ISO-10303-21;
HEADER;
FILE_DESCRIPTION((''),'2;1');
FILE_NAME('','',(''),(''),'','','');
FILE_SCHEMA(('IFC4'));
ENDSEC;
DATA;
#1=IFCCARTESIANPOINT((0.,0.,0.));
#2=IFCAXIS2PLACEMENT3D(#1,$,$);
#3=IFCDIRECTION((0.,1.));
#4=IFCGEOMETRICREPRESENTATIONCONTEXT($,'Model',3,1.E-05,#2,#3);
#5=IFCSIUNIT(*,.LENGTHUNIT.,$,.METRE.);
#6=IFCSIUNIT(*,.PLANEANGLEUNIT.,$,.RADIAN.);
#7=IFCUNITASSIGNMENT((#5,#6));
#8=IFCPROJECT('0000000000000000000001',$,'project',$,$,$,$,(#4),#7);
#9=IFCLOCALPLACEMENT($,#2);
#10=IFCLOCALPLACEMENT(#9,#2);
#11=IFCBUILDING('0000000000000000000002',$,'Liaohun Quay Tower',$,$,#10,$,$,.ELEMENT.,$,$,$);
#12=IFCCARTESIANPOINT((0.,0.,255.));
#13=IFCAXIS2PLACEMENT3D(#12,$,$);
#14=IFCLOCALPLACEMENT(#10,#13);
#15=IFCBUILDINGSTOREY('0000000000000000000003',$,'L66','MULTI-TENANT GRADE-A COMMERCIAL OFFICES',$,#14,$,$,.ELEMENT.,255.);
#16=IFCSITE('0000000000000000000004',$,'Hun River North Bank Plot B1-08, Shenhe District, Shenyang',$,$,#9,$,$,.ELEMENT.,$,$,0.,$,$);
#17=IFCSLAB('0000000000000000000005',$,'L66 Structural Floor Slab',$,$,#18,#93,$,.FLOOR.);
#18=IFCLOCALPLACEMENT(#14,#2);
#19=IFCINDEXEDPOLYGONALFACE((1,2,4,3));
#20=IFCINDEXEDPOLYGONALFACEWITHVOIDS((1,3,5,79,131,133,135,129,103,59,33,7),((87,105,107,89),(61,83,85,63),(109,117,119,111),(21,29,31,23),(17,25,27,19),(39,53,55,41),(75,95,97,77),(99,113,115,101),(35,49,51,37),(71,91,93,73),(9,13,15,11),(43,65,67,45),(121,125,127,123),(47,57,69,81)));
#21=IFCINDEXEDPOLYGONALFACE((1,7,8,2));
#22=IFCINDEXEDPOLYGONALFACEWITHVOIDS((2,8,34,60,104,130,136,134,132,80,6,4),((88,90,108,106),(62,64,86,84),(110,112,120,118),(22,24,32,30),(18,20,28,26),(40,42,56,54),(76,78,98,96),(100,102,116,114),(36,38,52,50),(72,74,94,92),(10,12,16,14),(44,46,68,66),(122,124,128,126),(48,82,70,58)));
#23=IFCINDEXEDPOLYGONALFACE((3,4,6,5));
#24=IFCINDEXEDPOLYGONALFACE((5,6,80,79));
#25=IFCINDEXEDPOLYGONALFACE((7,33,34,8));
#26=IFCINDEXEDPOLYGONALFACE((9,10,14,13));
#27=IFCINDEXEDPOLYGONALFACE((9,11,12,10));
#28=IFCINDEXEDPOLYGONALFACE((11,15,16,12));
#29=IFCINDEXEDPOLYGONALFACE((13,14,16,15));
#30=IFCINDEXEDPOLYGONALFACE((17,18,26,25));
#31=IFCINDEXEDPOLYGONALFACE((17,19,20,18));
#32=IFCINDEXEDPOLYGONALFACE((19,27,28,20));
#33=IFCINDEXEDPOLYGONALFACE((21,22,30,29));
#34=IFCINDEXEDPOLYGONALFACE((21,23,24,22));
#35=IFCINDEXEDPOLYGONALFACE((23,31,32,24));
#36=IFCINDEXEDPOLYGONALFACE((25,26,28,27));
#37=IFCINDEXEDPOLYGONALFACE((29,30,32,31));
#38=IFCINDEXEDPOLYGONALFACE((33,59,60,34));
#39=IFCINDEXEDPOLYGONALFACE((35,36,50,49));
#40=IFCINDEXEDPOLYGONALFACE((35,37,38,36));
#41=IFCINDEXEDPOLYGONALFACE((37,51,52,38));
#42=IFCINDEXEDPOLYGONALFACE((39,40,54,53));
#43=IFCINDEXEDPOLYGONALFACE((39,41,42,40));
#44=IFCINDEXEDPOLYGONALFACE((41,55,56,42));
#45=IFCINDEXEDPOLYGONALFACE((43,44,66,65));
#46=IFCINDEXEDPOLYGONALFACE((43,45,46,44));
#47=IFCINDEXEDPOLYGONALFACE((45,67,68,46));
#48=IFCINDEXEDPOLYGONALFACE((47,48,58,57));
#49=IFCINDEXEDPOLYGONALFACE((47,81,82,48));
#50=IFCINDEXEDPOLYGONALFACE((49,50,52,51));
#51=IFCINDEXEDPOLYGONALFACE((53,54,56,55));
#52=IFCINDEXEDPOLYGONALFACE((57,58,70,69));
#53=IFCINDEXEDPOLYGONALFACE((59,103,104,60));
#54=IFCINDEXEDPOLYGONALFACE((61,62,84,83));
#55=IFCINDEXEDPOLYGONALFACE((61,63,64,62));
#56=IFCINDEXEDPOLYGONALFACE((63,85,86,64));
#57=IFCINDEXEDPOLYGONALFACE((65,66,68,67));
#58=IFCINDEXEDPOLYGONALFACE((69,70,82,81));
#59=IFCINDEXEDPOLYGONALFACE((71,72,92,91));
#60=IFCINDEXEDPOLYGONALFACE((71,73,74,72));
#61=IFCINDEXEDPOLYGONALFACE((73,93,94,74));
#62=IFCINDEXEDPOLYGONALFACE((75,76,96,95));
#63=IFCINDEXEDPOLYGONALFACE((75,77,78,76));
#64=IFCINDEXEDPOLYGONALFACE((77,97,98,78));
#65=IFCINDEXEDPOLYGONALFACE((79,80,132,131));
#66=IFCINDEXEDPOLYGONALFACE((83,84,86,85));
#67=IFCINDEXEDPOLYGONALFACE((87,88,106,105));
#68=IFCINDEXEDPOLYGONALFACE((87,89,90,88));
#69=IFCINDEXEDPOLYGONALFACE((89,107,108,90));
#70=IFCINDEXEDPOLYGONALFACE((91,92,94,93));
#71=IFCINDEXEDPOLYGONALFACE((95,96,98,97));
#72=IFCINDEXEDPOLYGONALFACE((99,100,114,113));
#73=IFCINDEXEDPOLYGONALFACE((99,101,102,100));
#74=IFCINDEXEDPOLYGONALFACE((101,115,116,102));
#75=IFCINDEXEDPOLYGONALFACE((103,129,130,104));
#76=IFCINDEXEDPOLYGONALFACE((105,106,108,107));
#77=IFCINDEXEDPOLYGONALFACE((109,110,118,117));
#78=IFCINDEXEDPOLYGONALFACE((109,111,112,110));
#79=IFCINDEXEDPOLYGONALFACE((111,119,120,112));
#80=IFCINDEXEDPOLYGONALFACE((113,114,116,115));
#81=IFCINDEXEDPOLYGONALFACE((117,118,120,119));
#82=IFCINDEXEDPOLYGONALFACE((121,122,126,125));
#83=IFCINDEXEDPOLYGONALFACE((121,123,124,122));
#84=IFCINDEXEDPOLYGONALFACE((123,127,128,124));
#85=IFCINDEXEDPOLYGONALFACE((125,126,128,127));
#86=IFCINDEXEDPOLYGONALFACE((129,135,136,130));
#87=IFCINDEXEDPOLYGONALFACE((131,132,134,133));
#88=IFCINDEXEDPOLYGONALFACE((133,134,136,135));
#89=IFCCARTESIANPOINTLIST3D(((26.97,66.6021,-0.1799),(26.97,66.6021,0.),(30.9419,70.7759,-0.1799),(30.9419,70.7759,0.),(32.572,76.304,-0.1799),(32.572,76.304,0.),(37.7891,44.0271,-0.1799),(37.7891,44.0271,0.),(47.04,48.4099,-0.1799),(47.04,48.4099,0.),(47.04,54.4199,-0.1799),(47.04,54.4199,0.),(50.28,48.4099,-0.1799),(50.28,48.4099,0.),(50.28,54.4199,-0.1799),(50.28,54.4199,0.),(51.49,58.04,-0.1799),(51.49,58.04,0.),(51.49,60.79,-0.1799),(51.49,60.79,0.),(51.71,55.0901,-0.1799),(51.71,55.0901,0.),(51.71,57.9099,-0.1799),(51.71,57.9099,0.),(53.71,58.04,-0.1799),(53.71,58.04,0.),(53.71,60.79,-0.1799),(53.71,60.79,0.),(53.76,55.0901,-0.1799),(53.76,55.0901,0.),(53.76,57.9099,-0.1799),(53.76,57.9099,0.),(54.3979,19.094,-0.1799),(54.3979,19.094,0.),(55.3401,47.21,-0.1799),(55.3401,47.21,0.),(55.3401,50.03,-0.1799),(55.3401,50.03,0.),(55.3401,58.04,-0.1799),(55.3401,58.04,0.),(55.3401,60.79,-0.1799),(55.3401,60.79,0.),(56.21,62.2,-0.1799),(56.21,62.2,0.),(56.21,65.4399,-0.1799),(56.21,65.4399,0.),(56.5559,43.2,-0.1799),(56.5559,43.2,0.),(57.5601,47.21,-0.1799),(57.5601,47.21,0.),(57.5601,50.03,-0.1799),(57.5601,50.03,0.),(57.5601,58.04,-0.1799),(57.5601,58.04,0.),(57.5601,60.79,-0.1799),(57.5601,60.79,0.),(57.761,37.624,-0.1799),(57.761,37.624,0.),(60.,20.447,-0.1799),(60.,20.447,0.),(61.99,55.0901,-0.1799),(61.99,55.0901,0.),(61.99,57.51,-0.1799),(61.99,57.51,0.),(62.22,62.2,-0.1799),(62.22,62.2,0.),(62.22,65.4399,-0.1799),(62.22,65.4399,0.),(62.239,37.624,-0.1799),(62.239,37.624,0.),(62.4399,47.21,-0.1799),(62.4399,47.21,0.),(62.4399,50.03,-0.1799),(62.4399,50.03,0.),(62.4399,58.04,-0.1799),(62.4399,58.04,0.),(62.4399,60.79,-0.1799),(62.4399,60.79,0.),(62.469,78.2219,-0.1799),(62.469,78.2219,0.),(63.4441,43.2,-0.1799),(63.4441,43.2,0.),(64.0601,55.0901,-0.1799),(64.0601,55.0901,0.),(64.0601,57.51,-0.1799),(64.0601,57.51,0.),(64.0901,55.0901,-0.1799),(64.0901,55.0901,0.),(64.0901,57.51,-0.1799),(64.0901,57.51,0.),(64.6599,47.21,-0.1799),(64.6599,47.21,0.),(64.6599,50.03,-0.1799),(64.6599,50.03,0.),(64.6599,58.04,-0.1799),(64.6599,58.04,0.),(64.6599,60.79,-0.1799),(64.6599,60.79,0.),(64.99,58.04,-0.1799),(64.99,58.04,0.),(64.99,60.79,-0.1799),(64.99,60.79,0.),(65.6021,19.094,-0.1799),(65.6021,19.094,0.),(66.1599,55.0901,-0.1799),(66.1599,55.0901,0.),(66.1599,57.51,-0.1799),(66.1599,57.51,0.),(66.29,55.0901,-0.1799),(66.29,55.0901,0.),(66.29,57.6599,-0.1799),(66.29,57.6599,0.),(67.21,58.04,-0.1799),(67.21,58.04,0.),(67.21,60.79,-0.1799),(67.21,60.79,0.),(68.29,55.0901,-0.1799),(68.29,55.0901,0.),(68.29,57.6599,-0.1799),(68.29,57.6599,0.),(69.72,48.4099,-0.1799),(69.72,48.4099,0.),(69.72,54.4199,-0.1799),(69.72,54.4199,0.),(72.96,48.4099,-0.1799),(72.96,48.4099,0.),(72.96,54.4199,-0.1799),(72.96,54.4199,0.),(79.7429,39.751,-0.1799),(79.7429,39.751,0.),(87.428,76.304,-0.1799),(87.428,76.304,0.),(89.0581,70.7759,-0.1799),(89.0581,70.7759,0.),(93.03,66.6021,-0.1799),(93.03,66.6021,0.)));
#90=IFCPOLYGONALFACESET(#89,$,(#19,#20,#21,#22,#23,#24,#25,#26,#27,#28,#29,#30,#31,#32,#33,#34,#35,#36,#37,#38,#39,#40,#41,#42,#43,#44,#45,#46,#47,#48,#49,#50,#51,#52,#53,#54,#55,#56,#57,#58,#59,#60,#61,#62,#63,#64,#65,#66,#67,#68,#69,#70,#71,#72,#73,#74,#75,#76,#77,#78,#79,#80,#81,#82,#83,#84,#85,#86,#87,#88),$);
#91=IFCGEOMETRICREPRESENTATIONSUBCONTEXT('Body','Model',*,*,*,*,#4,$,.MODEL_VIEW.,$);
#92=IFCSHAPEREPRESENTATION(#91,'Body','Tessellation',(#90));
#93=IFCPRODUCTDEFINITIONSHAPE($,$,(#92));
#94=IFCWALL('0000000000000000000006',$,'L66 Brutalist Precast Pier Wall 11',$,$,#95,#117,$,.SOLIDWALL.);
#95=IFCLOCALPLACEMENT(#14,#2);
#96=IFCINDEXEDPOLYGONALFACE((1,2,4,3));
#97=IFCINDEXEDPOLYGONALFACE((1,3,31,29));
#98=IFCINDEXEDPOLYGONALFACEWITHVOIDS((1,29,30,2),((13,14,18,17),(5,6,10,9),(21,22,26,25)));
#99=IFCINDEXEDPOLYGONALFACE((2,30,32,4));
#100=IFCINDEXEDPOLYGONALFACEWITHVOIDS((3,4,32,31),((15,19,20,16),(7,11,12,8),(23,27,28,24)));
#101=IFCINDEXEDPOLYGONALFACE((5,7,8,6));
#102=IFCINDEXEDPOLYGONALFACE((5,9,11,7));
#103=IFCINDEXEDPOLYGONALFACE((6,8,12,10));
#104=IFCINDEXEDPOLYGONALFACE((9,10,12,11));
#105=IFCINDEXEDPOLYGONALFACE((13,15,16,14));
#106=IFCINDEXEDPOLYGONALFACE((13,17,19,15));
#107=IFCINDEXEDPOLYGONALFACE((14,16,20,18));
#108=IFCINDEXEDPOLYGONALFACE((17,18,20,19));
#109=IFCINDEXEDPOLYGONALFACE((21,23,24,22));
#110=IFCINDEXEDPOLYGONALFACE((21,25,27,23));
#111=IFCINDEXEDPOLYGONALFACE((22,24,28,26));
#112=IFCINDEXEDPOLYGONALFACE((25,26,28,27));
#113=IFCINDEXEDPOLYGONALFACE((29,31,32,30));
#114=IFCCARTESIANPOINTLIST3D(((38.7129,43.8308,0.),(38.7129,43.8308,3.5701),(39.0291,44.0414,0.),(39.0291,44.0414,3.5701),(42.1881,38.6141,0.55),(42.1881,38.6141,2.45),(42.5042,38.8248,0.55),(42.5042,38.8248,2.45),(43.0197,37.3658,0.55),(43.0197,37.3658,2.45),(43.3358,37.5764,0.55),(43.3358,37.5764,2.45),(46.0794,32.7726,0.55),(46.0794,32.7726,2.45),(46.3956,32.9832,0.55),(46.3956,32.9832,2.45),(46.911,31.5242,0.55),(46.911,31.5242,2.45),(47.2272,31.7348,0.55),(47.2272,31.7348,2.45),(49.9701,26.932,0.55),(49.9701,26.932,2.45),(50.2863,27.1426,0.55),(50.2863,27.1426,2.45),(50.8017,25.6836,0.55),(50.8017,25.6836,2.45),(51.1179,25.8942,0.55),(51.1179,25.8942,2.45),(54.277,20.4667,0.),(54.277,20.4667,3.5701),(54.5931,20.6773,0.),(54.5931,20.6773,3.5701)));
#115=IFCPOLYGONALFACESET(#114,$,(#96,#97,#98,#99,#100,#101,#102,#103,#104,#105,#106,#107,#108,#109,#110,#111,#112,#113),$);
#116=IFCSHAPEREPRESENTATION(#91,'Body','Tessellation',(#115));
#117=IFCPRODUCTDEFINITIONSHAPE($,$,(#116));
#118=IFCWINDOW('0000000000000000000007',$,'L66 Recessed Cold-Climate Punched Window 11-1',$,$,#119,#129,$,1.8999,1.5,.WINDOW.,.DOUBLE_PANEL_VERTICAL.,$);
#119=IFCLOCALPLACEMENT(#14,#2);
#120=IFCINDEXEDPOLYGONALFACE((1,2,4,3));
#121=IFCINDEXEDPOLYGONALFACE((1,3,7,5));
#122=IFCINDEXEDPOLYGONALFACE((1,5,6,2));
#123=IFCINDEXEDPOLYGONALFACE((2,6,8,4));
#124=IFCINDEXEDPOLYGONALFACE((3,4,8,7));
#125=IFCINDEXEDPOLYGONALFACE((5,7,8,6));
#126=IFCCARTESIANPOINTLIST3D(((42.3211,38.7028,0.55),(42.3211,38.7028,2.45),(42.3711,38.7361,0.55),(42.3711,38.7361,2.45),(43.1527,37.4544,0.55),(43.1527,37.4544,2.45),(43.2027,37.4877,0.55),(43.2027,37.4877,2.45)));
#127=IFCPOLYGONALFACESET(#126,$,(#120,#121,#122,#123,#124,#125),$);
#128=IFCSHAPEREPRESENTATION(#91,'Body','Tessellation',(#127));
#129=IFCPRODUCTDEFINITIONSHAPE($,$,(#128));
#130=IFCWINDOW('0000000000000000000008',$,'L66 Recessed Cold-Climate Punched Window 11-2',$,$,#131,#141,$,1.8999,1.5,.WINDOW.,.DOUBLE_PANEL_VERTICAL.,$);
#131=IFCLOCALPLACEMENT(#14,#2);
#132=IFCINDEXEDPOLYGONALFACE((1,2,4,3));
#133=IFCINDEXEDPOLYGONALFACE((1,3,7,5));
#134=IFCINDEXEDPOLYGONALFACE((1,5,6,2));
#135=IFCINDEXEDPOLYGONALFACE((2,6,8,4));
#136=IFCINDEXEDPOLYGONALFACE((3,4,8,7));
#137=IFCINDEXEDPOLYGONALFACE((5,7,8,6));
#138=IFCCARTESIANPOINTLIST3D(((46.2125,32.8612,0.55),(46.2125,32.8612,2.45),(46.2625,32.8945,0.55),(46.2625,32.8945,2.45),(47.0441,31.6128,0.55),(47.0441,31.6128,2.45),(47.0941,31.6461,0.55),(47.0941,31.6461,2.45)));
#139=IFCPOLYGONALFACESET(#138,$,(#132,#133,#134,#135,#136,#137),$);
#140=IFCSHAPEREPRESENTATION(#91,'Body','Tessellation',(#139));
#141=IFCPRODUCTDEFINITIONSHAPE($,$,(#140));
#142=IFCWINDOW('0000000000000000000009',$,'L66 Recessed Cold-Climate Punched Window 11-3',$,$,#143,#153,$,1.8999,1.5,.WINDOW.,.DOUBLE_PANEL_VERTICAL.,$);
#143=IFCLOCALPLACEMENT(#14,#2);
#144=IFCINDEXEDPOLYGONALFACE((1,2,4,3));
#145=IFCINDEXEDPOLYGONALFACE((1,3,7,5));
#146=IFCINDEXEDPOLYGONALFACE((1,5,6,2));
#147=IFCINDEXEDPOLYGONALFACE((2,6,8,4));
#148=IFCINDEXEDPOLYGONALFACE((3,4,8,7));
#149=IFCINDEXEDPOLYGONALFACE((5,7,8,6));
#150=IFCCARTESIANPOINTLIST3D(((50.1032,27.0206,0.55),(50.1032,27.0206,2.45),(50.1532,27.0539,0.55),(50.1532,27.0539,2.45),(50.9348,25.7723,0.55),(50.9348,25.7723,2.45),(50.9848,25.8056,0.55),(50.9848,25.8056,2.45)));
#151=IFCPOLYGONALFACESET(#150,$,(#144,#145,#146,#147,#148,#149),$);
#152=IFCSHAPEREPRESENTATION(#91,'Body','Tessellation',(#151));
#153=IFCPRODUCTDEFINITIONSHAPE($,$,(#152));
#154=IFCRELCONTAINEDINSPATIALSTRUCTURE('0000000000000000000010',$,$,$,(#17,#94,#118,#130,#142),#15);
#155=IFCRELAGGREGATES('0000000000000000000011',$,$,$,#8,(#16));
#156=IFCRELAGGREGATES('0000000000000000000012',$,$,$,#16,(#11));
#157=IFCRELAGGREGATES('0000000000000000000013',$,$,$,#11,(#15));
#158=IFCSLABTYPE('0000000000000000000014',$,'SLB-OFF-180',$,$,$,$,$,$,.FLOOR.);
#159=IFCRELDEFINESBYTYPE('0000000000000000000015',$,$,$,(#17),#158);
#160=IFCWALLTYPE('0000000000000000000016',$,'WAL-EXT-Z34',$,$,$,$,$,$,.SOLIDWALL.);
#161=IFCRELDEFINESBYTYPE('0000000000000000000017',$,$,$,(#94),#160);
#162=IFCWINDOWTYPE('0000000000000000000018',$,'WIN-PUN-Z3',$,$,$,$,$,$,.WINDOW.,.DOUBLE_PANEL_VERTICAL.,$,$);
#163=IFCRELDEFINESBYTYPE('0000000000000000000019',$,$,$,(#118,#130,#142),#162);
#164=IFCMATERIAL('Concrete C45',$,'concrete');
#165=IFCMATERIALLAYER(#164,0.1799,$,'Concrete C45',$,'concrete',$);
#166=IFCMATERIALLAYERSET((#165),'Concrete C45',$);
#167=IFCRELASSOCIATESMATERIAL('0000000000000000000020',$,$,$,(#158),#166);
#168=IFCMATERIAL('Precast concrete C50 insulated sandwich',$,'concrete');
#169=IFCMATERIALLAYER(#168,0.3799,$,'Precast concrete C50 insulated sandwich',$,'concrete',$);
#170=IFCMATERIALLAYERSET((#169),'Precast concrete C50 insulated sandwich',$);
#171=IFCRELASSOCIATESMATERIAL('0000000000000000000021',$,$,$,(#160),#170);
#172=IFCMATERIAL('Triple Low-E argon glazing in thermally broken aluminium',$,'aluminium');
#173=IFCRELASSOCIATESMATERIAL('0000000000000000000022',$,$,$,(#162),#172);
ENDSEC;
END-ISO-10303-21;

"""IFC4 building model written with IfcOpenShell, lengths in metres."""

from ifc_helpers import new_model, si_unit, direction, frame, frame_2d, origin, place, context, subcontext, project, spatial, polyline, rectangle, outline, extrude, source, transform, mapped, material, layer, layer_set, type_object, element, fill, save


model = new_model("IFC4")

# Units and contexts
model_context = context("Model", 3, precision=1e-05, world=origin(), true_north=direction((0.0, 1.0)))
body_context = subcontext(model_context, "Body", "Model", "MODEL_VIEW")
ifc_project = project(units=[si_unit("LENGTHUNIT", "METRE"), si_unit("PLANEANGLEUNIT", "RADIAN")], contexts=[model_context])

# Site, building, storey
site_placement = place(None, origin())
site = spatial("IfcSite", under=ifc_project, at=site_placement, Name="Hun River North Bank Plot B1-08, Shenhe District, Shenyang", CompositionType="ELEMENT", RefElevation=0.0)
building_placement = place(site_placement, origin())
building = spatial("IfcBuilding", under=site, at=building_placement, Name="Liaohun Quay Tower", CompositionType="ELEMENT")
storey_placement = place(building_placement, frame((0.0, 0.0, 255.0)))
storey = spatial("IfcBuildingStorey", under=building, at=storey_placement, Name="L66", Description="MULTI-TENANT GRADE-A COMMERCIAL OFFICES", CompositionType="ELEMENT", Elevation=255.0)

# Shared definitions
ifc_material_1 = material(Name="Concrete C45", Category="concrete")

# Slab
ifc_layer_1 = layer(ifc_material_1, 0.1799, Name="Concrete C45", Category="concrete")
ifc_layer_set_1 = layer_set([ifc_layer_1], Name="Concrete C45")
slab_type_1 = type_object("IfcSlabType", Name="SLB-OFF-180", PredefinedType="FLOOR", material=ifc_layer_set_1)
slab_1_placement = place(storey_placement, frame((0.0, 0.0, -0.1799)))
element("IfcSlab", 1, at=slab_1_placement, inside=storey, type_object=slab_type_1, Name="L66 Structural Floor Slab", PredefinedType="FLOOR", context=body_context, shape_type="SweptSolid", body=[
    extrude(outline(polyline([(54.3979, 19.094), (60.0, 20.447), (65.6021, 19.094), (79.7429, 39.751), (93.03, 66.6021), (89.0581, 70.7759), (87.428, 76.304), (62.469, 78.2219), (32.572, 76.304), (30.9419, 70.7759), (26.97, 66.6021), (37.7891, 44.0271), (54.3979, 19.094)]), holes=[polyline([(63.4441, 43.2), (56.5559, 43.2), (57.761, 37.624), (62.239, 37.624), (63.4441, 43.2)]), polyline([(57.5601, 47.21), (57.5601, 50.03), (55.3401, 50.03), (55.3401, 47.21), (57.5601, 47.21)]), polyline([(50.28, 54.4199), (47.04, 54.4199), (47.04, 48.4099), (50.28, 48.4099), (50.28, 54.4199)]), polyline([(53.76, 55.0901), (53.76, 57.9099), (51.71, 57.9099), (51.71, 55.0901), (53.76, 55.0901)]), polyline([(53.71, 58.04), (53.71, 60.79), (51.49, 60.79), (51.49, 58.04), (53.71, 58.04)]), polyline([(57.5601, 58.04), (57.5601, 60.79), (55.3401, 60.79), (55.3401, 58.04), (57.5601, 58.04)]), polyline([(62.22, 62.2), (62.22, 65.4399), (56.21, 65.4399), (56.21, 62.2), (62.22, 62.2)]), polyline([(64.6599, 50.03), (62.4399, 50.03), (62.4399, 47.21), (64.6599, 47.21), (64.6599, 50.03)]), polyline([(72.96, 54.4199), (69.72, 54.4199), (69.72, 48.4099), (72.96, 48.4099), (72.96, 54.4199)]), polyline([(64.0601, 55.0901), (64.0601, 57.51), (61.99, 57.51), (61.99, 55.0901), (64.0601, 55.0901)]), polyline([(66.1599, 55.0901), (66.1599, 57.51), (64.0901, 57.51), (64.0901, 55.0901), (66.1599, 55.0901)]), polyline([(68.29, 55.0901), (68.29, 57.6599), (66.29, 57.6599), (66.29, 55.0901), (68.29, 55.0901)]), polyline([(64.6599, 58.04), (64.6599, 60.79), (62.4399, 60.79), (62.4399, 58.04), (64.6599, 58.04)]), polyline([(67.21, 58.04), (67.21, 60.79), (64.99, 60.79), (64.99, 58.04), (67.21, 58.04)])]), origin(), (0.0, 0.0, 1.0), 0.1799),
])

# Wall, openings, windows
ifc_material_2 = material(Name="Precast concrete C50 insulated sandwich", Category="concrete")
ifc_layer_2 = layer(ifc_material_2, 0.3799, Name="Precast concrete C50 insulated sandwich", Category="concrete")
ifc_layer_set_2 = layer_set([ifc_layer_2], Name="Precast concrete C50 insulated sandwich")
wall_type_1 = type_object("IfcWallType", Name="WAL-EXT-Z34", PredefinedType="SOLIDWALL", material=ifc_layer_set_2)
wall_1_placement = place(storey_placement, frame((38.8711, 43.936, 0.0), z_axis=(0.0, 0.0, 1.0), x_axis=(0.554403, -0.832248, 0.0)))
wall_1 = element("IfcWall", 2, at=wall_1_placement, inside=storey, type_object=wall_type_1, Name="L66 Brutalist Precast Pier Wall 11", PredefinedType="SOLIDWALL", context=body_context, shape_type="SweptSolid", body=[
    extrude(rectangle(XDim=28.0735, YDim=0.3799, at=frame_2d((14.0366, 0.0))), origin(), (0.0, 0.0, 1.0), 3.5701),
])
shared_shape_1 = source(origin(), body_context, "Body", "SweptSolid", [
    extrude(rectangle(XDim=1.5, YDim=1.8999, at=frame_2d((0.75, 0.95))), frame((0.0, 0.2, 0.0), z_axis=(0.0, -1.0, 0.0), x_axis=(1.0, 0.0, 0.0)), (0.0, 0.0, 1.0), 0.3999),
])
opening_1_placement = place(wall_1_placement, frame((6.2681, 0.0, 0.55)))
opening_1 = element("IfcOpeningElement", 3, at=opening_1_placement, cuts=wall_1, PredefinedType="OPENING", context=body_context, shape_type="MappedRepresentation", body=[
    mapped(shared_shape_1, transform((0.0, 0.0, 0.0), x_axis=(1.0, 0.0, 0.0), y_axis=(0.0, 1.0, 0.0), z_axis=(0.0, 0.0, 1.0), scale=1.0)),
])
opening_2_placement = place(wall_1_placement, frame((13.2871, 0.0, 0.55)))
opening_2 = element("IfcOpeningElement", 4, at=opening_2_placement, cuts=wall_1, PredefinedType="OPENING", context=body_context, shape_type="MappedRepresentation", body=[
    mapped(shared_shape_1, transform((0.0, 0.0, 0.0), x_axis=(1.0, 0.0, 0.0), y_axis=(0.0, 1.0, 0.0), z_axis=(0.0, 0.0, 1.0), scale=1.0)),
])
opening_3_placement = place(wall_1_placement, frame((20.3049, 0.0, 0.55)))
opening_3 = element("IfcOpeningElement", 5, at=opening_3_placement, cuts=wall_1, PredefinedType="OPENING", context=body_context, shape_type="MappedRepresentation", body=[
    mapped(shared_shape_1, transform((0.0, 0.0, 0.0), x_axis=(1.0, 0.0, 0.0), y_axis=(0.0, 1.0, 0.0), z_axis=(0.0, 0.0, 1.0), scale=1.0)),
])
ifc_material_3 = material(Name="Triple Low-E argon glazing in thermally broken aluminium", Category="aluminium")
window_type = type_object("IfcWindowType", Name="WIN-PUN-Z3", PartitioningType="DOUBLE_PANEL_VERTICAL", PredefinedType="WINDOW", material=ifc_material_3)
shared_shape_2 = source(origin(), body_context, "Body", "SweptSolid", [
    extrude(rectangle(XDim=1.5, YDim=1.8999, at=frame_2d((0.75, 0.95))), frame((0.0, 0.03, 0.0), z_axis=(0.0, -1.0, 0.0), x_axis=(1.0, 0.0, 0.0)), (0.0, 0.0, 1.0), 0.0601),
])
window_1_placement = place(opening_1_placement, origin())
window_1 = element("IfcWindow", 6, at=window_1_placement, inside=storey, type_object=window_type, Name="L66 Recessed Cold-Climate Punched Window 11-1", OverallHeight=1.8999, OverallWidth=1.5, PartitioningType="DOUBLE_PANEL_VERTICAL", PredefinedType="WINDOW", context=body_context, shape_type="MappedRepresentation", body=[
    mapped(shared_shape_2, transform((0.0, 0.0, 0.0), x_axis=(1.0, 0.0, 0.0), y_axis=(0.0, 1.0, 0.0), z_axis=(0.0, 0.0, 1.0), scale=1.0)),
])
fill(opening_1, window_1)
window_2_placement = place(opening_2_placement, origin())
window_2 = element("IfcWindow", 7, at=window_2_placement, inside=storey, type_object=window_type, Name="L66 Recessed Cold-Climate Punched Window 11-2", OverallHeight=1.8999, OverallWidth=1.5, PartitioningType="DOUBLE_PANEL_VERTICAL", PredefinedType="WINDOW", context=body_context, shape_type="MappedRepresentation", body=[
    mapped(shared_shape_2, transform((0.0, 0.0, 0.0), x_axis=(1.0, 0.0, 0.0), y_axis=(0.0, 1.0, 0.0), z_axis=(0.0, 0.0, 1.0), scale=1.0)),
])
fill(opening_2, window_2)
window_3_placement = place(opening_3_placement, origin())
window_3 = element("IfcWindow", 8, at=window_3_placement, inside=storey, type_object=window_type, Name="L66 Recessed Cold-Climate Punched Window 11-3", OverallHeight=1.8999, OverallWidth=1.5, PartitioningType="DOUBLE_PANEL_VERTICAL", PredefinedType="WINDOW", context=body_context, shape_type="MappedRepresentation", body=[
    mapped(shared_shape_2, transform((0.0, 0.0, 0.0), x_axis=(1.0, 0.0, 0.0), y_axis=(0.0, 1.0, 0.0), z_axis=(0.0, 0.0, 1.0), scale=1.0)),
])
fill(opening_3, window_3)

save(model, "model.ifc")
